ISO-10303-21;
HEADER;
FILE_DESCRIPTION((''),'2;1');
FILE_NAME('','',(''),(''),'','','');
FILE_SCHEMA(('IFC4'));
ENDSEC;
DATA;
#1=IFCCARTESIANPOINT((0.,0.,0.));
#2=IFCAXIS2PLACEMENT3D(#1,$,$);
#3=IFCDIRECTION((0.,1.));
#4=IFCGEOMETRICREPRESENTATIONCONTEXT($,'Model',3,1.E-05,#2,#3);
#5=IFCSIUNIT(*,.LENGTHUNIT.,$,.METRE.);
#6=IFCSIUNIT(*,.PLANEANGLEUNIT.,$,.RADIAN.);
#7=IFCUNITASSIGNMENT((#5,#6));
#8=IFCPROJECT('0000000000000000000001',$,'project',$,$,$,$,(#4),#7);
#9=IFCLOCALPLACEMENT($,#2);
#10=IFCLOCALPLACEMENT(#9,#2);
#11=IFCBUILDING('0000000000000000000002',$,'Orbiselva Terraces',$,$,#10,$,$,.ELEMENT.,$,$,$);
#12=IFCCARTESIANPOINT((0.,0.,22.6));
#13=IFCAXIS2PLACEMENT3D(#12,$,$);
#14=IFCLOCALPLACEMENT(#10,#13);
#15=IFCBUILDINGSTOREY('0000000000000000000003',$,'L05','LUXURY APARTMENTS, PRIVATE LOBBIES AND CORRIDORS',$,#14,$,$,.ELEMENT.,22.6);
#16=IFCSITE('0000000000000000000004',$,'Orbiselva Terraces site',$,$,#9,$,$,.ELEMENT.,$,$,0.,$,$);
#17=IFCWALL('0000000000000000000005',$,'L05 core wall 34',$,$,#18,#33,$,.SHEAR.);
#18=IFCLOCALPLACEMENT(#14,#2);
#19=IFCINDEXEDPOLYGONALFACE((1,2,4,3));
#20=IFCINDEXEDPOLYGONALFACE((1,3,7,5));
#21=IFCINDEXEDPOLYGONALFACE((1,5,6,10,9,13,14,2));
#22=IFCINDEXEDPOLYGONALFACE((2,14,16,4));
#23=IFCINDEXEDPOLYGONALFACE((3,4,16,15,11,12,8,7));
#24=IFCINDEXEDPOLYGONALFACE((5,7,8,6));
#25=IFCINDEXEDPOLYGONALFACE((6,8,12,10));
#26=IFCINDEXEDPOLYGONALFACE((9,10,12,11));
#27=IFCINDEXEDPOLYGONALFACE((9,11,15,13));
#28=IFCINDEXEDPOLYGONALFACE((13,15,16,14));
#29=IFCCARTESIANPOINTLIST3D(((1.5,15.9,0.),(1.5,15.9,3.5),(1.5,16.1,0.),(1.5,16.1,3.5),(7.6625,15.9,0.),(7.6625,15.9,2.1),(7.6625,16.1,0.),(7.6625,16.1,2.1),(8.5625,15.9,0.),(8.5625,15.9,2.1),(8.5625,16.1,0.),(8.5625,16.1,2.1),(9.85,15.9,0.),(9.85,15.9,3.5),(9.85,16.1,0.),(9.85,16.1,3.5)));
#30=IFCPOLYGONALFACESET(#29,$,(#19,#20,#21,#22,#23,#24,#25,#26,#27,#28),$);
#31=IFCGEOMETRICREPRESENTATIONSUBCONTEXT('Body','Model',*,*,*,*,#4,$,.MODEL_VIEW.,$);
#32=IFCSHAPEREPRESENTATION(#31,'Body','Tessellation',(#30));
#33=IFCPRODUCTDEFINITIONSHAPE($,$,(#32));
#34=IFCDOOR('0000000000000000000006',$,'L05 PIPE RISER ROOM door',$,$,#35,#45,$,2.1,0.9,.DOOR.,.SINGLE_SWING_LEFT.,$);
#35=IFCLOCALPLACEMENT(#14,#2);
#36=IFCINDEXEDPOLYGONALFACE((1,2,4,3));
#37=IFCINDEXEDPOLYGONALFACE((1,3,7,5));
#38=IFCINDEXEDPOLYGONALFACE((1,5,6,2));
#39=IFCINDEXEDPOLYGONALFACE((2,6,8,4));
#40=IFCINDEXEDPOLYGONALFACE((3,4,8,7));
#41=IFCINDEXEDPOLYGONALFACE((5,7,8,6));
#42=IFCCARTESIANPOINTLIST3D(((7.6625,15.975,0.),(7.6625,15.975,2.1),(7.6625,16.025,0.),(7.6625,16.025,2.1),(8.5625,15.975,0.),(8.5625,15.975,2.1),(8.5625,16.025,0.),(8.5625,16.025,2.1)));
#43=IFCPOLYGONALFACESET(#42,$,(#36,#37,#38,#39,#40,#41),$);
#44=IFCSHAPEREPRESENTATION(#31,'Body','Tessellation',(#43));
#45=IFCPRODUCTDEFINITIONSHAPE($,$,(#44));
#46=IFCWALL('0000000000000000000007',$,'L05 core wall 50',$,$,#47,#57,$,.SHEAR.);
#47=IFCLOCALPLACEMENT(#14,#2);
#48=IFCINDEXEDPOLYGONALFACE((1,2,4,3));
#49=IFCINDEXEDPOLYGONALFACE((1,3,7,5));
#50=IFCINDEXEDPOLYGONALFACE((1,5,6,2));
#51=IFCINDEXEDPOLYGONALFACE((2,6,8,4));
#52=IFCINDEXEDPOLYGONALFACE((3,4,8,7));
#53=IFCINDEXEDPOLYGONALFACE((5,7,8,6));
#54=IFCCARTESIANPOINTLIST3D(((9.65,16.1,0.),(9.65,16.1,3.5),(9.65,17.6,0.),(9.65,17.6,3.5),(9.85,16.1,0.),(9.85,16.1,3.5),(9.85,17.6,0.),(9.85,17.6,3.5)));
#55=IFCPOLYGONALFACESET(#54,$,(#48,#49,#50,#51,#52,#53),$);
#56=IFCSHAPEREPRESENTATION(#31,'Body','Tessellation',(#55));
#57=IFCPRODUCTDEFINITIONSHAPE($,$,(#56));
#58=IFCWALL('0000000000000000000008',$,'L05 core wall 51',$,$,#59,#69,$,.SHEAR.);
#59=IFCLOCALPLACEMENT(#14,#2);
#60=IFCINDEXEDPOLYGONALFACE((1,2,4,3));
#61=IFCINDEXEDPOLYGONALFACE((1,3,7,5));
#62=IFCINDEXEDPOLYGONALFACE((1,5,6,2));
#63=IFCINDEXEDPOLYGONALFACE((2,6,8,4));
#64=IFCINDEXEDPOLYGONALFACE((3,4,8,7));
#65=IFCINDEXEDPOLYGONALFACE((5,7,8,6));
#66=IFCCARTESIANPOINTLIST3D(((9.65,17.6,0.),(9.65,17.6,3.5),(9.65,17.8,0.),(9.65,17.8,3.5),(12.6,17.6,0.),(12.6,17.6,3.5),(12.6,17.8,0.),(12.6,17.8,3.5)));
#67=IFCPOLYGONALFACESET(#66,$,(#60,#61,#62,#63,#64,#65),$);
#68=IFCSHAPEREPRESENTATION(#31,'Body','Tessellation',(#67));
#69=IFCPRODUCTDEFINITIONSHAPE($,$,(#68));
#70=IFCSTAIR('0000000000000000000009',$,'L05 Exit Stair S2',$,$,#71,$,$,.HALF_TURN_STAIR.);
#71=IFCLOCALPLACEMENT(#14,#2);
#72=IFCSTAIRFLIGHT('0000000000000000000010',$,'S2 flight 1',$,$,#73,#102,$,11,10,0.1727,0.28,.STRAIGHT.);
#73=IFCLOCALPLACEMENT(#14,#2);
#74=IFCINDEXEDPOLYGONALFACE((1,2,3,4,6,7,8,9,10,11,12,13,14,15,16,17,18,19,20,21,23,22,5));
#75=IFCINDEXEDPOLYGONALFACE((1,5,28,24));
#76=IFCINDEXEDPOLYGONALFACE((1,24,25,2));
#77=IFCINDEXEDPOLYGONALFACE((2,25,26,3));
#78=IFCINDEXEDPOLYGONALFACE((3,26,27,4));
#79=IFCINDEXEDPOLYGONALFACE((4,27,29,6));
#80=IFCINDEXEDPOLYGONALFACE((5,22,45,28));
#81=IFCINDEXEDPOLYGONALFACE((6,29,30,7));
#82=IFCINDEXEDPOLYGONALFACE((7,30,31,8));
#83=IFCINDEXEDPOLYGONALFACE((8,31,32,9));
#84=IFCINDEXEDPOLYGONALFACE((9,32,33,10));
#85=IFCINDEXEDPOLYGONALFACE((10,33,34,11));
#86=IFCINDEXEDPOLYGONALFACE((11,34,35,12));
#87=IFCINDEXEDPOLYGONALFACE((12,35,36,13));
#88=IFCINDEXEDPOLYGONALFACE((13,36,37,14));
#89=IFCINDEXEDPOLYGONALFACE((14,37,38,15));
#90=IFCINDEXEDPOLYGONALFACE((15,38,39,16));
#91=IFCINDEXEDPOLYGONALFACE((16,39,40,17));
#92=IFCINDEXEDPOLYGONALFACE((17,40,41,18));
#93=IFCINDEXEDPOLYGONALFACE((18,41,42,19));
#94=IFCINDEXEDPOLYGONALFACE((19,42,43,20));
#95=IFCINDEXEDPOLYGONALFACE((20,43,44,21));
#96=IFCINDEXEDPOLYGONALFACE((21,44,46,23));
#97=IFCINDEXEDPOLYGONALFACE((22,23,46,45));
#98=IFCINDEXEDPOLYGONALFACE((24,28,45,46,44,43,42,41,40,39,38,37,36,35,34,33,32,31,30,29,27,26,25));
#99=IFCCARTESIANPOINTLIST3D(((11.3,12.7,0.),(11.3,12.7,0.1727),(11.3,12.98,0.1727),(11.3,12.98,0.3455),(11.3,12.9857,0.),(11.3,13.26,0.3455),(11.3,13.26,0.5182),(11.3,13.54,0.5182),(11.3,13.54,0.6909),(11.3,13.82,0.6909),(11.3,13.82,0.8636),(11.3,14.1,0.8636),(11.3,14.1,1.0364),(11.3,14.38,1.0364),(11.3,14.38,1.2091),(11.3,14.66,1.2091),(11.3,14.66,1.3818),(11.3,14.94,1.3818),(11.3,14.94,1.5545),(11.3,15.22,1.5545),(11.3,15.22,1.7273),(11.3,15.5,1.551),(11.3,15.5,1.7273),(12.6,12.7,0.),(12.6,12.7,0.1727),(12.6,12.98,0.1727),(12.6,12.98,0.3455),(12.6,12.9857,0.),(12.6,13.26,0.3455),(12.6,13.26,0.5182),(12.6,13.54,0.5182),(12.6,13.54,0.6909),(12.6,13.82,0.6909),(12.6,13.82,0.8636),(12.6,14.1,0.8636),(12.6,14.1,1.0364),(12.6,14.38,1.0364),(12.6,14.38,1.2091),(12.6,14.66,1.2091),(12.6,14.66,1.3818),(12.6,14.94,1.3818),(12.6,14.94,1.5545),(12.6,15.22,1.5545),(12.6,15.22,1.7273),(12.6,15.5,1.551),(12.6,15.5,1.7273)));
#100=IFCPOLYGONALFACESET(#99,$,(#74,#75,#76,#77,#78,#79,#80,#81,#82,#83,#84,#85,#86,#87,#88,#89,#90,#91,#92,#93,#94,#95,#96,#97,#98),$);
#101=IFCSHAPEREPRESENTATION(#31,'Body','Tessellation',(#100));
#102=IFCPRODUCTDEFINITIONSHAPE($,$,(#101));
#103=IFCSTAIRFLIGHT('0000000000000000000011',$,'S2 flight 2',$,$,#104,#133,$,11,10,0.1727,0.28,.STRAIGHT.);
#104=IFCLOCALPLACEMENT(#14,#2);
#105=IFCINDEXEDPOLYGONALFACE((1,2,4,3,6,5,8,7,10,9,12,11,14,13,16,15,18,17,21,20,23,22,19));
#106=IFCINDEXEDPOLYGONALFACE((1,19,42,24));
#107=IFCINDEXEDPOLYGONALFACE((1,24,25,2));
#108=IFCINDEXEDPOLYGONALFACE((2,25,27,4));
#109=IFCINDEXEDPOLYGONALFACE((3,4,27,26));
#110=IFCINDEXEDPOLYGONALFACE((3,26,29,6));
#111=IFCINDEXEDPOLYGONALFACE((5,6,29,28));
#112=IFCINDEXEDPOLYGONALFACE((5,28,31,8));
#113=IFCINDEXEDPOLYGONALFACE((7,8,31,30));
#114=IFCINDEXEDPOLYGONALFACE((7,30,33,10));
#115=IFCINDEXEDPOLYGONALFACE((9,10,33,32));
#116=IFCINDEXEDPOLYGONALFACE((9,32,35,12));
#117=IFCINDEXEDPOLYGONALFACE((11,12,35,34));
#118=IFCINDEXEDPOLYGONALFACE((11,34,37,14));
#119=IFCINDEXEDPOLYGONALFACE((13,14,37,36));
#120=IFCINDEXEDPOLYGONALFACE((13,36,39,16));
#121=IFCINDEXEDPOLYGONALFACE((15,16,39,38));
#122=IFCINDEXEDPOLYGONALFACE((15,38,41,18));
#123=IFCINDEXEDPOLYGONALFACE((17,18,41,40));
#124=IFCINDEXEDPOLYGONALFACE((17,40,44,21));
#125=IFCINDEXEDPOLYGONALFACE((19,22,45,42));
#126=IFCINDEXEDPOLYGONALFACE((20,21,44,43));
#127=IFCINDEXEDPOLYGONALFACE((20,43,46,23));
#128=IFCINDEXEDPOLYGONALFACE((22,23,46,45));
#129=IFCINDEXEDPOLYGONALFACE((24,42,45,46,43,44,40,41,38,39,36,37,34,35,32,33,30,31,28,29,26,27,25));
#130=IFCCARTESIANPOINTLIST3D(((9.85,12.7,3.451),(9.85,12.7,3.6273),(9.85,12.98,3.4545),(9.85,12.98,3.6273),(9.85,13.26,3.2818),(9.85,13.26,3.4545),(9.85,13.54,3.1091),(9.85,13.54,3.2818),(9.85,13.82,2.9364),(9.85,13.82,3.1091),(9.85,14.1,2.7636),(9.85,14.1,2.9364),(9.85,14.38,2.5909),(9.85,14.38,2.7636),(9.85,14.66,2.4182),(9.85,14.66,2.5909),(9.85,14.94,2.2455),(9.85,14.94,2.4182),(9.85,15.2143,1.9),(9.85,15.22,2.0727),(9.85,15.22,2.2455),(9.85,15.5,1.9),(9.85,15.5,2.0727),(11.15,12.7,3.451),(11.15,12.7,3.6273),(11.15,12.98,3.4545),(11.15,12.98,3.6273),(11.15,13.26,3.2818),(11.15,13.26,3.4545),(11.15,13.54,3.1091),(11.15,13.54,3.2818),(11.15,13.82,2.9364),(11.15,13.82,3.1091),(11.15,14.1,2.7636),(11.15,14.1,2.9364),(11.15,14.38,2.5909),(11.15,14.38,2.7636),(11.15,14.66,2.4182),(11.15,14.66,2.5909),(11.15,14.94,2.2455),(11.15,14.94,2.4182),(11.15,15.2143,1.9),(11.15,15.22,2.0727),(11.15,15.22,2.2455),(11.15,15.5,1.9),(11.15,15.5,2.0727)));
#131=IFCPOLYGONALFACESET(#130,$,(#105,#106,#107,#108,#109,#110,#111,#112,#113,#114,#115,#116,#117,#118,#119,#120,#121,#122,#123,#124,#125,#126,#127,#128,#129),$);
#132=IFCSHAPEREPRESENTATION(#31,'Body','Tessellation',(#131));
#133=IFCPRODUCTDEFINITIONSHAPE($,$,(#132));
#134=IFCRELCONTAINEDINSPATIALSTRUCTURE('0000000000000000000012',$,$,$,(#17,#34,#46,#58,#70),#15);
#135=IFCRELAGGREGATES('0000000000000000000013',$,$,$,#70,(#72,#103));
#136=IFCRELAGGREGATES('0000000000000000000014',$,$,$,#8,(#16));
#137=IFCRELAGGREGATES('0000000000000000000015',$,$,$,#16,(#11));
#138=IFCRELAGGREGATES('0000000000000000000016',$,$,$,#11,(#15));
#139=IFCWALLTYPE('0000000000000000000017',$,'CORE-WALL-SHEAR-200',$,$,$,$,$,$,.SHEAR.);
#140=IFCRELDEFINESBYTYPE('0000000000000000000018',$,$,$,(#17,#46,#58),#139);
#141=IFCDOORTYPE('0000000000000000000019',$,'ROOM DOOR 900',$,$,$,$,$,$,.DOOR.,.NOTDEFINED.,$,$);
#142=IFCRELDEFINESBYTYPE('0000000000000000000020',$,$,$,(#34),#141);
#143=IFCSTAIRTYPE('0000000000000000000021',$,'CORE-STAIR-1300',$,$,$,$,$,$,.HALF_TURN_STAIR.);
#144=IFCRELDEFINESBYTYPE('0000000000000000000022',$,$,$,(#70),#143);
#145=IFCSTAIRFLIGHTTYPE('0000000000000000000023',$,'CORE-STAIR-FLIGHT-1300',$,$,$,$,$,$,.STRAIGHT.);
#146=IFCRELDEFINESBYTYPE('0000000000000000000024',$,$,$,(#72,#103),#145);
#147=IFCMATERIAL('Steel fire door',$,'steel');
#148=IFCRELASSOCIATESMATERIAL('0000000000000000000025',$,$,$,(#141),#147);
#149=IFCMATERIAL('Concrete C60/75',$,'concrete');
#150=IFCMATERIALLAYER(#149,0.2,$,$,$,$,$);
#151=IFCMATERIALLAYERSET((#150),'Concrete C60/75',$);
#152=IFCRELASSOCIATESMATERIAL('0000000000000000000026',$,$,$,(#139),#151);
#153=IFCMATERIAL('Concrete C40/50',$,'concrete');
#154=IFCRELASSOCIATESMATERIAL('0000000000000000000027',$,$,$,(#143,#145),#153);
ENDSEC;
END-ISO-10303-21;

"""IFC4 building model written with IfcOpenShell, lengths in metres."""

from ifc_helpers import new_model, si_unit, direction, frame, frame_2d, origin, place, context, subcontext, project, spatial, polyline, rectangle, outline, extrude, material, layer, layer_set, type_object, element, fill, aggregate, save


model = new_model("IFC4")

# Units and contexts
model_context = context("Model", 3, precision=1e-05, world=origin(), true_north=direction((0.0, 1.0)))
body_context = subcontext(model_context, "Body", "Model", "MODEL_VIEW")
ifc_project = project(units=[si_unit("LENGTHUNIT", "METRE"), si_unit("PLANEANGLEUNIT", "RADIAN")], contexts=[model_context])

# Site, building, storey
site_placement = place(None, origin())
site = spatial("IfcSite", under=ifc_project, at=site_placement, Name="Orbiselva Terraces site", CompositionType="ELEMENT", RefElevation=0.0)
building_placement = place(site_placement, origin())
building = spatial("IfcBuilding", under=site, at=building_placement, Name="Orbiselva Terraces", CompositionType="ELEMENT")
storey_placement = place(building_placement, frame((0.0, 0.0, 22.6)))
storey = spatial("IfcBuildingStorey", under=building, at=storey_placement, Name="L05", Description="LUXURY APARTMENTS, PRIVATE LOBBIES AND CORRIDORS", CompositionType="ELEMENT", Elevation=22.6)

# Shared definitions
ifc_material_1 = material(Name="Steel fire door", Category="steel")
door_type = type_object("IfcDoorType", Name="ROOM DOOR 900", OperationType="NOTDEFINED", PredefinedType="DOOR", material=ifc_material_1)

# Shared definitions
ifc_material_2 = material(Name="Concrete C40/50", Category="concrete")
ifc_material_3 = material(Name="Concrete C60/75", Category="concrete")
ifc_layer_1 = layer(ifc_material_3, 0.2)
ifc_layer_set_1 = layer_set([ifc_layer_1], Name="Concrete C60/75")
wall_type_1 = type_object("IfcWallType", Name="CORE-WALL-SHEAR-200", PredefinedType="SHEAR", material=ifc_layer_set_1)

# Wall, opening, door
wall_1_placement = place(storey_placement, frame((9.85, 16.0, 0.0), z_axis=(0.0, 0.0, 1.0), x_axis=(-1.0, 0.0, 0.0)))
wall_1 = element("IfcWall", 1, at=wall_1_placement, inside=storey, type_object=wall_type_1, Name="L05 core wall 34", PredefinedType="SHEAR", context=body_context, shape_type="SweptSolid", body=[
    extrude(rectangle(XDim=8.35, YDim=0.2, at=frame_2d((4.175, 0.0))), origin(), (0.0, 0.0, 1.0), 3.5),
])
opening_1_placement = place(wall_1_placement, frame((1.2875, 0.0, 0.0)))
opening_1 = element("IfcOpeningElement", 2, at=opening_1_placement, cuts=wall_1, PredefinedType="OPENING", context=body_context, shape_type="SweptSolid", body=[
    extrude(rectangle(XDim=0.9, YDim=2.1, at=frame_2d((0.45, 1.05))), frame((0.0, 0.11, 0.0), z_axis=(0.0, -1.0, 0.0), x_axis=(1.0, 0.0, 0.0)), (0.0, 0.0, 1.0), 0.22),
])
door_1_placement = place(opening_1_placement, origin())
door_1 = element("IfcDoor", 3, at=door_1_placement, inside=storey, type_object=door_type, Name="L05 PIPE RISER ROOM door", OperationType="SINGLE_SWING_LEFT", OverallHeight=2.1, OverallWidth=0.9, PredefinedType="DOOR", context=body_context, shape_type="SweptSolid", body=[
    extrude(rectangle(XDim=0.9, YDim=2.1, at=frame_2d((0.45, 1.05))), frame((0.0, 0.025, 0.0), z_axis=(0.0, -1.0, 0.0), x_axis=(1.0, 0.0, 0.0)), (0.0, 0.0, 1.0), 0.05),
])
fill(opening_1, door_1)

# Walls
wall_2_placement = place(storey_placement, frame((9.75, 16.1, 0.0), z_axis=(0.0, 0.0, 1.0), x_axis=(0.0, 1.0, 0.0)))
element("IfcWall", 4, at=wall_2_placement, inside=storey, type_object=wall_type_1, Name="L05 core wall 50", PredefinedType="SHEAR", context=body_context, shape_type="SweptSolid", body=[
    extrude(rectangle(XDim=1.5, YDim=0.2, at=frame_2d((0.75, 0.0))), origin(), (0.0, 0.0, 1.0), 3.5),
])
wall_3_placement = place(storey_placement, frame((9.65, 17.7, 0.0), z_axis=(0.0, 0.0, 1.0), x_axis=(1.0, 0.0, 0.0)))
element("IfcWall", 5, at=wall_3_placement, inside=storey, type_object=wall_type_1, Name="L05 core wall 51", PredefinedType="SHEAR", context=body_context, shape_type="SweptSolid", body=[
    extrude(rectangle(XDim=2.95, YDim=0.2, at=frame_2d((1.475, 0.0))), origin(), (0.0, 0.0, 1.0), 3.5),
])

# Stair, stair flights
stair_type = type_object("IfcStairType", Name="CORE-STAIR-1300", PredefinedType="HALF_TURN_STAIR", material=ifc_material_2)
stair_placement = place(storey_placement, origin())
stair = element("IfcStair", 6, at=stair_placement, inside=storey, type_object=stair_type, Name="L05 Exit Stair S2", PredefinedType="HALF_TURN_STAIR")
stair_flight_type = type_object("IfcStairFlightType", Name="CORE-STAIR-FLIGHT-1300", PredefinedType="STRAIGHT", material=ifc_material_2)
stair_flight_1_placement = place(storey_placement, frame((11.95, 12.7, 0.0), z_axis=(0.0, 0.0, 1.0), x_axis=(0.0, 1.0, 0.0)))
stair_flight_1 = element("IfcStairFlight", 7, at=stair_flight_1_placement, type_object=stair_flight_type, Name="S2 flight 1", NumberOfRisers=11, NumberOfTreads=10, PredefinedType="STRAIGHT", RiserHeight=0.1727, TreadLength=0.28, context=body_context, shape_type="SweptSolid", body=[
    extrude(outline(polyline([(0.0, 0.0), (0.0, 0.1727), (0.28, 0.1727), (0.28, 0.3455), (0.56, 0.3455), (0.56, 0.5182), (0.84, 0.5182), (0.84, 0.6909), (1.12, 0.6909), (1.12, 0.8636), (1.4, 0.8636), (1.4, 1.0364), (1.68, 1.0364), (1.68, 1.2091), (1.96, 1.2091), (1.96, 1.3818), (2.24, 1.3818), (2.24, 1.5545), (2.52, 1.5545), (2.52, 1.7273), (2.8, 1.7273), (2.8, 1.9), (2.8, 1.551), (0.2857, 0.0), (0.0, 0.0)])), frame((0.0, 0.65, 0.0), z_axis=(0.0, -1.0, 0.0), x_axis=(1.0, 0.0, 0.0)), (0.0, 0.0, 1.0), 1.3),
])
stair_flight_2_placement = place(storey_placement, frame((10.5, 15.5, 1.9), z_axis=(0.0, 0.0, 1.0), x_axis=(0.0, -1.0, 0.0)))
stair_flight_2 = element("IfcStairFlight", 8, at=stair_flight_2_placement, type_object=stair_flight_type, Name="S2 flight 2", NumberOfRisers=11, NumberOfTreads=10, PredefinedType="STRAIGHT", RiserHeight=0.1727, TreadLength=0.28, context=body_context, shape_type="SweptSolid", body=[
    extrude(outline(polyline([(0.0, 0.0), (0.0, 0.1727), (0.28, 0.1727), (0.28, 0.3455), (0.56, 0.3455), (0.56, 0.5182), (0.84, 0.5182), (0.84, 0.6909), (1.12, 0.6909), (1.12, 0.8636), (1.4, 0.8636), (1.4, 1.0364), (1.68, 1.0364), (1.68, 1.2091), (1.96, 1.2091), (1.96, 1.3818), (2.24, 1.3818), (2.24, 1.5545), (2.52, 1.5545), (2.52, 1.7273), (2.8, 1.7273), (2.8, 1.9), (2.8, 1.551), (0.2857, 0.0), (0.0, 0.0)])), frame((0.0, 0.65, 0.0), z_axis=(0.0, -1.0, 0.0), x_axis=(1.0, 0.0, 0.0)), (0.0, 0.0, 1.0), 1.3),
])
aggregate(stair, [stair_flight_1, stair_flight_2])

save(model, "model.ifc")
